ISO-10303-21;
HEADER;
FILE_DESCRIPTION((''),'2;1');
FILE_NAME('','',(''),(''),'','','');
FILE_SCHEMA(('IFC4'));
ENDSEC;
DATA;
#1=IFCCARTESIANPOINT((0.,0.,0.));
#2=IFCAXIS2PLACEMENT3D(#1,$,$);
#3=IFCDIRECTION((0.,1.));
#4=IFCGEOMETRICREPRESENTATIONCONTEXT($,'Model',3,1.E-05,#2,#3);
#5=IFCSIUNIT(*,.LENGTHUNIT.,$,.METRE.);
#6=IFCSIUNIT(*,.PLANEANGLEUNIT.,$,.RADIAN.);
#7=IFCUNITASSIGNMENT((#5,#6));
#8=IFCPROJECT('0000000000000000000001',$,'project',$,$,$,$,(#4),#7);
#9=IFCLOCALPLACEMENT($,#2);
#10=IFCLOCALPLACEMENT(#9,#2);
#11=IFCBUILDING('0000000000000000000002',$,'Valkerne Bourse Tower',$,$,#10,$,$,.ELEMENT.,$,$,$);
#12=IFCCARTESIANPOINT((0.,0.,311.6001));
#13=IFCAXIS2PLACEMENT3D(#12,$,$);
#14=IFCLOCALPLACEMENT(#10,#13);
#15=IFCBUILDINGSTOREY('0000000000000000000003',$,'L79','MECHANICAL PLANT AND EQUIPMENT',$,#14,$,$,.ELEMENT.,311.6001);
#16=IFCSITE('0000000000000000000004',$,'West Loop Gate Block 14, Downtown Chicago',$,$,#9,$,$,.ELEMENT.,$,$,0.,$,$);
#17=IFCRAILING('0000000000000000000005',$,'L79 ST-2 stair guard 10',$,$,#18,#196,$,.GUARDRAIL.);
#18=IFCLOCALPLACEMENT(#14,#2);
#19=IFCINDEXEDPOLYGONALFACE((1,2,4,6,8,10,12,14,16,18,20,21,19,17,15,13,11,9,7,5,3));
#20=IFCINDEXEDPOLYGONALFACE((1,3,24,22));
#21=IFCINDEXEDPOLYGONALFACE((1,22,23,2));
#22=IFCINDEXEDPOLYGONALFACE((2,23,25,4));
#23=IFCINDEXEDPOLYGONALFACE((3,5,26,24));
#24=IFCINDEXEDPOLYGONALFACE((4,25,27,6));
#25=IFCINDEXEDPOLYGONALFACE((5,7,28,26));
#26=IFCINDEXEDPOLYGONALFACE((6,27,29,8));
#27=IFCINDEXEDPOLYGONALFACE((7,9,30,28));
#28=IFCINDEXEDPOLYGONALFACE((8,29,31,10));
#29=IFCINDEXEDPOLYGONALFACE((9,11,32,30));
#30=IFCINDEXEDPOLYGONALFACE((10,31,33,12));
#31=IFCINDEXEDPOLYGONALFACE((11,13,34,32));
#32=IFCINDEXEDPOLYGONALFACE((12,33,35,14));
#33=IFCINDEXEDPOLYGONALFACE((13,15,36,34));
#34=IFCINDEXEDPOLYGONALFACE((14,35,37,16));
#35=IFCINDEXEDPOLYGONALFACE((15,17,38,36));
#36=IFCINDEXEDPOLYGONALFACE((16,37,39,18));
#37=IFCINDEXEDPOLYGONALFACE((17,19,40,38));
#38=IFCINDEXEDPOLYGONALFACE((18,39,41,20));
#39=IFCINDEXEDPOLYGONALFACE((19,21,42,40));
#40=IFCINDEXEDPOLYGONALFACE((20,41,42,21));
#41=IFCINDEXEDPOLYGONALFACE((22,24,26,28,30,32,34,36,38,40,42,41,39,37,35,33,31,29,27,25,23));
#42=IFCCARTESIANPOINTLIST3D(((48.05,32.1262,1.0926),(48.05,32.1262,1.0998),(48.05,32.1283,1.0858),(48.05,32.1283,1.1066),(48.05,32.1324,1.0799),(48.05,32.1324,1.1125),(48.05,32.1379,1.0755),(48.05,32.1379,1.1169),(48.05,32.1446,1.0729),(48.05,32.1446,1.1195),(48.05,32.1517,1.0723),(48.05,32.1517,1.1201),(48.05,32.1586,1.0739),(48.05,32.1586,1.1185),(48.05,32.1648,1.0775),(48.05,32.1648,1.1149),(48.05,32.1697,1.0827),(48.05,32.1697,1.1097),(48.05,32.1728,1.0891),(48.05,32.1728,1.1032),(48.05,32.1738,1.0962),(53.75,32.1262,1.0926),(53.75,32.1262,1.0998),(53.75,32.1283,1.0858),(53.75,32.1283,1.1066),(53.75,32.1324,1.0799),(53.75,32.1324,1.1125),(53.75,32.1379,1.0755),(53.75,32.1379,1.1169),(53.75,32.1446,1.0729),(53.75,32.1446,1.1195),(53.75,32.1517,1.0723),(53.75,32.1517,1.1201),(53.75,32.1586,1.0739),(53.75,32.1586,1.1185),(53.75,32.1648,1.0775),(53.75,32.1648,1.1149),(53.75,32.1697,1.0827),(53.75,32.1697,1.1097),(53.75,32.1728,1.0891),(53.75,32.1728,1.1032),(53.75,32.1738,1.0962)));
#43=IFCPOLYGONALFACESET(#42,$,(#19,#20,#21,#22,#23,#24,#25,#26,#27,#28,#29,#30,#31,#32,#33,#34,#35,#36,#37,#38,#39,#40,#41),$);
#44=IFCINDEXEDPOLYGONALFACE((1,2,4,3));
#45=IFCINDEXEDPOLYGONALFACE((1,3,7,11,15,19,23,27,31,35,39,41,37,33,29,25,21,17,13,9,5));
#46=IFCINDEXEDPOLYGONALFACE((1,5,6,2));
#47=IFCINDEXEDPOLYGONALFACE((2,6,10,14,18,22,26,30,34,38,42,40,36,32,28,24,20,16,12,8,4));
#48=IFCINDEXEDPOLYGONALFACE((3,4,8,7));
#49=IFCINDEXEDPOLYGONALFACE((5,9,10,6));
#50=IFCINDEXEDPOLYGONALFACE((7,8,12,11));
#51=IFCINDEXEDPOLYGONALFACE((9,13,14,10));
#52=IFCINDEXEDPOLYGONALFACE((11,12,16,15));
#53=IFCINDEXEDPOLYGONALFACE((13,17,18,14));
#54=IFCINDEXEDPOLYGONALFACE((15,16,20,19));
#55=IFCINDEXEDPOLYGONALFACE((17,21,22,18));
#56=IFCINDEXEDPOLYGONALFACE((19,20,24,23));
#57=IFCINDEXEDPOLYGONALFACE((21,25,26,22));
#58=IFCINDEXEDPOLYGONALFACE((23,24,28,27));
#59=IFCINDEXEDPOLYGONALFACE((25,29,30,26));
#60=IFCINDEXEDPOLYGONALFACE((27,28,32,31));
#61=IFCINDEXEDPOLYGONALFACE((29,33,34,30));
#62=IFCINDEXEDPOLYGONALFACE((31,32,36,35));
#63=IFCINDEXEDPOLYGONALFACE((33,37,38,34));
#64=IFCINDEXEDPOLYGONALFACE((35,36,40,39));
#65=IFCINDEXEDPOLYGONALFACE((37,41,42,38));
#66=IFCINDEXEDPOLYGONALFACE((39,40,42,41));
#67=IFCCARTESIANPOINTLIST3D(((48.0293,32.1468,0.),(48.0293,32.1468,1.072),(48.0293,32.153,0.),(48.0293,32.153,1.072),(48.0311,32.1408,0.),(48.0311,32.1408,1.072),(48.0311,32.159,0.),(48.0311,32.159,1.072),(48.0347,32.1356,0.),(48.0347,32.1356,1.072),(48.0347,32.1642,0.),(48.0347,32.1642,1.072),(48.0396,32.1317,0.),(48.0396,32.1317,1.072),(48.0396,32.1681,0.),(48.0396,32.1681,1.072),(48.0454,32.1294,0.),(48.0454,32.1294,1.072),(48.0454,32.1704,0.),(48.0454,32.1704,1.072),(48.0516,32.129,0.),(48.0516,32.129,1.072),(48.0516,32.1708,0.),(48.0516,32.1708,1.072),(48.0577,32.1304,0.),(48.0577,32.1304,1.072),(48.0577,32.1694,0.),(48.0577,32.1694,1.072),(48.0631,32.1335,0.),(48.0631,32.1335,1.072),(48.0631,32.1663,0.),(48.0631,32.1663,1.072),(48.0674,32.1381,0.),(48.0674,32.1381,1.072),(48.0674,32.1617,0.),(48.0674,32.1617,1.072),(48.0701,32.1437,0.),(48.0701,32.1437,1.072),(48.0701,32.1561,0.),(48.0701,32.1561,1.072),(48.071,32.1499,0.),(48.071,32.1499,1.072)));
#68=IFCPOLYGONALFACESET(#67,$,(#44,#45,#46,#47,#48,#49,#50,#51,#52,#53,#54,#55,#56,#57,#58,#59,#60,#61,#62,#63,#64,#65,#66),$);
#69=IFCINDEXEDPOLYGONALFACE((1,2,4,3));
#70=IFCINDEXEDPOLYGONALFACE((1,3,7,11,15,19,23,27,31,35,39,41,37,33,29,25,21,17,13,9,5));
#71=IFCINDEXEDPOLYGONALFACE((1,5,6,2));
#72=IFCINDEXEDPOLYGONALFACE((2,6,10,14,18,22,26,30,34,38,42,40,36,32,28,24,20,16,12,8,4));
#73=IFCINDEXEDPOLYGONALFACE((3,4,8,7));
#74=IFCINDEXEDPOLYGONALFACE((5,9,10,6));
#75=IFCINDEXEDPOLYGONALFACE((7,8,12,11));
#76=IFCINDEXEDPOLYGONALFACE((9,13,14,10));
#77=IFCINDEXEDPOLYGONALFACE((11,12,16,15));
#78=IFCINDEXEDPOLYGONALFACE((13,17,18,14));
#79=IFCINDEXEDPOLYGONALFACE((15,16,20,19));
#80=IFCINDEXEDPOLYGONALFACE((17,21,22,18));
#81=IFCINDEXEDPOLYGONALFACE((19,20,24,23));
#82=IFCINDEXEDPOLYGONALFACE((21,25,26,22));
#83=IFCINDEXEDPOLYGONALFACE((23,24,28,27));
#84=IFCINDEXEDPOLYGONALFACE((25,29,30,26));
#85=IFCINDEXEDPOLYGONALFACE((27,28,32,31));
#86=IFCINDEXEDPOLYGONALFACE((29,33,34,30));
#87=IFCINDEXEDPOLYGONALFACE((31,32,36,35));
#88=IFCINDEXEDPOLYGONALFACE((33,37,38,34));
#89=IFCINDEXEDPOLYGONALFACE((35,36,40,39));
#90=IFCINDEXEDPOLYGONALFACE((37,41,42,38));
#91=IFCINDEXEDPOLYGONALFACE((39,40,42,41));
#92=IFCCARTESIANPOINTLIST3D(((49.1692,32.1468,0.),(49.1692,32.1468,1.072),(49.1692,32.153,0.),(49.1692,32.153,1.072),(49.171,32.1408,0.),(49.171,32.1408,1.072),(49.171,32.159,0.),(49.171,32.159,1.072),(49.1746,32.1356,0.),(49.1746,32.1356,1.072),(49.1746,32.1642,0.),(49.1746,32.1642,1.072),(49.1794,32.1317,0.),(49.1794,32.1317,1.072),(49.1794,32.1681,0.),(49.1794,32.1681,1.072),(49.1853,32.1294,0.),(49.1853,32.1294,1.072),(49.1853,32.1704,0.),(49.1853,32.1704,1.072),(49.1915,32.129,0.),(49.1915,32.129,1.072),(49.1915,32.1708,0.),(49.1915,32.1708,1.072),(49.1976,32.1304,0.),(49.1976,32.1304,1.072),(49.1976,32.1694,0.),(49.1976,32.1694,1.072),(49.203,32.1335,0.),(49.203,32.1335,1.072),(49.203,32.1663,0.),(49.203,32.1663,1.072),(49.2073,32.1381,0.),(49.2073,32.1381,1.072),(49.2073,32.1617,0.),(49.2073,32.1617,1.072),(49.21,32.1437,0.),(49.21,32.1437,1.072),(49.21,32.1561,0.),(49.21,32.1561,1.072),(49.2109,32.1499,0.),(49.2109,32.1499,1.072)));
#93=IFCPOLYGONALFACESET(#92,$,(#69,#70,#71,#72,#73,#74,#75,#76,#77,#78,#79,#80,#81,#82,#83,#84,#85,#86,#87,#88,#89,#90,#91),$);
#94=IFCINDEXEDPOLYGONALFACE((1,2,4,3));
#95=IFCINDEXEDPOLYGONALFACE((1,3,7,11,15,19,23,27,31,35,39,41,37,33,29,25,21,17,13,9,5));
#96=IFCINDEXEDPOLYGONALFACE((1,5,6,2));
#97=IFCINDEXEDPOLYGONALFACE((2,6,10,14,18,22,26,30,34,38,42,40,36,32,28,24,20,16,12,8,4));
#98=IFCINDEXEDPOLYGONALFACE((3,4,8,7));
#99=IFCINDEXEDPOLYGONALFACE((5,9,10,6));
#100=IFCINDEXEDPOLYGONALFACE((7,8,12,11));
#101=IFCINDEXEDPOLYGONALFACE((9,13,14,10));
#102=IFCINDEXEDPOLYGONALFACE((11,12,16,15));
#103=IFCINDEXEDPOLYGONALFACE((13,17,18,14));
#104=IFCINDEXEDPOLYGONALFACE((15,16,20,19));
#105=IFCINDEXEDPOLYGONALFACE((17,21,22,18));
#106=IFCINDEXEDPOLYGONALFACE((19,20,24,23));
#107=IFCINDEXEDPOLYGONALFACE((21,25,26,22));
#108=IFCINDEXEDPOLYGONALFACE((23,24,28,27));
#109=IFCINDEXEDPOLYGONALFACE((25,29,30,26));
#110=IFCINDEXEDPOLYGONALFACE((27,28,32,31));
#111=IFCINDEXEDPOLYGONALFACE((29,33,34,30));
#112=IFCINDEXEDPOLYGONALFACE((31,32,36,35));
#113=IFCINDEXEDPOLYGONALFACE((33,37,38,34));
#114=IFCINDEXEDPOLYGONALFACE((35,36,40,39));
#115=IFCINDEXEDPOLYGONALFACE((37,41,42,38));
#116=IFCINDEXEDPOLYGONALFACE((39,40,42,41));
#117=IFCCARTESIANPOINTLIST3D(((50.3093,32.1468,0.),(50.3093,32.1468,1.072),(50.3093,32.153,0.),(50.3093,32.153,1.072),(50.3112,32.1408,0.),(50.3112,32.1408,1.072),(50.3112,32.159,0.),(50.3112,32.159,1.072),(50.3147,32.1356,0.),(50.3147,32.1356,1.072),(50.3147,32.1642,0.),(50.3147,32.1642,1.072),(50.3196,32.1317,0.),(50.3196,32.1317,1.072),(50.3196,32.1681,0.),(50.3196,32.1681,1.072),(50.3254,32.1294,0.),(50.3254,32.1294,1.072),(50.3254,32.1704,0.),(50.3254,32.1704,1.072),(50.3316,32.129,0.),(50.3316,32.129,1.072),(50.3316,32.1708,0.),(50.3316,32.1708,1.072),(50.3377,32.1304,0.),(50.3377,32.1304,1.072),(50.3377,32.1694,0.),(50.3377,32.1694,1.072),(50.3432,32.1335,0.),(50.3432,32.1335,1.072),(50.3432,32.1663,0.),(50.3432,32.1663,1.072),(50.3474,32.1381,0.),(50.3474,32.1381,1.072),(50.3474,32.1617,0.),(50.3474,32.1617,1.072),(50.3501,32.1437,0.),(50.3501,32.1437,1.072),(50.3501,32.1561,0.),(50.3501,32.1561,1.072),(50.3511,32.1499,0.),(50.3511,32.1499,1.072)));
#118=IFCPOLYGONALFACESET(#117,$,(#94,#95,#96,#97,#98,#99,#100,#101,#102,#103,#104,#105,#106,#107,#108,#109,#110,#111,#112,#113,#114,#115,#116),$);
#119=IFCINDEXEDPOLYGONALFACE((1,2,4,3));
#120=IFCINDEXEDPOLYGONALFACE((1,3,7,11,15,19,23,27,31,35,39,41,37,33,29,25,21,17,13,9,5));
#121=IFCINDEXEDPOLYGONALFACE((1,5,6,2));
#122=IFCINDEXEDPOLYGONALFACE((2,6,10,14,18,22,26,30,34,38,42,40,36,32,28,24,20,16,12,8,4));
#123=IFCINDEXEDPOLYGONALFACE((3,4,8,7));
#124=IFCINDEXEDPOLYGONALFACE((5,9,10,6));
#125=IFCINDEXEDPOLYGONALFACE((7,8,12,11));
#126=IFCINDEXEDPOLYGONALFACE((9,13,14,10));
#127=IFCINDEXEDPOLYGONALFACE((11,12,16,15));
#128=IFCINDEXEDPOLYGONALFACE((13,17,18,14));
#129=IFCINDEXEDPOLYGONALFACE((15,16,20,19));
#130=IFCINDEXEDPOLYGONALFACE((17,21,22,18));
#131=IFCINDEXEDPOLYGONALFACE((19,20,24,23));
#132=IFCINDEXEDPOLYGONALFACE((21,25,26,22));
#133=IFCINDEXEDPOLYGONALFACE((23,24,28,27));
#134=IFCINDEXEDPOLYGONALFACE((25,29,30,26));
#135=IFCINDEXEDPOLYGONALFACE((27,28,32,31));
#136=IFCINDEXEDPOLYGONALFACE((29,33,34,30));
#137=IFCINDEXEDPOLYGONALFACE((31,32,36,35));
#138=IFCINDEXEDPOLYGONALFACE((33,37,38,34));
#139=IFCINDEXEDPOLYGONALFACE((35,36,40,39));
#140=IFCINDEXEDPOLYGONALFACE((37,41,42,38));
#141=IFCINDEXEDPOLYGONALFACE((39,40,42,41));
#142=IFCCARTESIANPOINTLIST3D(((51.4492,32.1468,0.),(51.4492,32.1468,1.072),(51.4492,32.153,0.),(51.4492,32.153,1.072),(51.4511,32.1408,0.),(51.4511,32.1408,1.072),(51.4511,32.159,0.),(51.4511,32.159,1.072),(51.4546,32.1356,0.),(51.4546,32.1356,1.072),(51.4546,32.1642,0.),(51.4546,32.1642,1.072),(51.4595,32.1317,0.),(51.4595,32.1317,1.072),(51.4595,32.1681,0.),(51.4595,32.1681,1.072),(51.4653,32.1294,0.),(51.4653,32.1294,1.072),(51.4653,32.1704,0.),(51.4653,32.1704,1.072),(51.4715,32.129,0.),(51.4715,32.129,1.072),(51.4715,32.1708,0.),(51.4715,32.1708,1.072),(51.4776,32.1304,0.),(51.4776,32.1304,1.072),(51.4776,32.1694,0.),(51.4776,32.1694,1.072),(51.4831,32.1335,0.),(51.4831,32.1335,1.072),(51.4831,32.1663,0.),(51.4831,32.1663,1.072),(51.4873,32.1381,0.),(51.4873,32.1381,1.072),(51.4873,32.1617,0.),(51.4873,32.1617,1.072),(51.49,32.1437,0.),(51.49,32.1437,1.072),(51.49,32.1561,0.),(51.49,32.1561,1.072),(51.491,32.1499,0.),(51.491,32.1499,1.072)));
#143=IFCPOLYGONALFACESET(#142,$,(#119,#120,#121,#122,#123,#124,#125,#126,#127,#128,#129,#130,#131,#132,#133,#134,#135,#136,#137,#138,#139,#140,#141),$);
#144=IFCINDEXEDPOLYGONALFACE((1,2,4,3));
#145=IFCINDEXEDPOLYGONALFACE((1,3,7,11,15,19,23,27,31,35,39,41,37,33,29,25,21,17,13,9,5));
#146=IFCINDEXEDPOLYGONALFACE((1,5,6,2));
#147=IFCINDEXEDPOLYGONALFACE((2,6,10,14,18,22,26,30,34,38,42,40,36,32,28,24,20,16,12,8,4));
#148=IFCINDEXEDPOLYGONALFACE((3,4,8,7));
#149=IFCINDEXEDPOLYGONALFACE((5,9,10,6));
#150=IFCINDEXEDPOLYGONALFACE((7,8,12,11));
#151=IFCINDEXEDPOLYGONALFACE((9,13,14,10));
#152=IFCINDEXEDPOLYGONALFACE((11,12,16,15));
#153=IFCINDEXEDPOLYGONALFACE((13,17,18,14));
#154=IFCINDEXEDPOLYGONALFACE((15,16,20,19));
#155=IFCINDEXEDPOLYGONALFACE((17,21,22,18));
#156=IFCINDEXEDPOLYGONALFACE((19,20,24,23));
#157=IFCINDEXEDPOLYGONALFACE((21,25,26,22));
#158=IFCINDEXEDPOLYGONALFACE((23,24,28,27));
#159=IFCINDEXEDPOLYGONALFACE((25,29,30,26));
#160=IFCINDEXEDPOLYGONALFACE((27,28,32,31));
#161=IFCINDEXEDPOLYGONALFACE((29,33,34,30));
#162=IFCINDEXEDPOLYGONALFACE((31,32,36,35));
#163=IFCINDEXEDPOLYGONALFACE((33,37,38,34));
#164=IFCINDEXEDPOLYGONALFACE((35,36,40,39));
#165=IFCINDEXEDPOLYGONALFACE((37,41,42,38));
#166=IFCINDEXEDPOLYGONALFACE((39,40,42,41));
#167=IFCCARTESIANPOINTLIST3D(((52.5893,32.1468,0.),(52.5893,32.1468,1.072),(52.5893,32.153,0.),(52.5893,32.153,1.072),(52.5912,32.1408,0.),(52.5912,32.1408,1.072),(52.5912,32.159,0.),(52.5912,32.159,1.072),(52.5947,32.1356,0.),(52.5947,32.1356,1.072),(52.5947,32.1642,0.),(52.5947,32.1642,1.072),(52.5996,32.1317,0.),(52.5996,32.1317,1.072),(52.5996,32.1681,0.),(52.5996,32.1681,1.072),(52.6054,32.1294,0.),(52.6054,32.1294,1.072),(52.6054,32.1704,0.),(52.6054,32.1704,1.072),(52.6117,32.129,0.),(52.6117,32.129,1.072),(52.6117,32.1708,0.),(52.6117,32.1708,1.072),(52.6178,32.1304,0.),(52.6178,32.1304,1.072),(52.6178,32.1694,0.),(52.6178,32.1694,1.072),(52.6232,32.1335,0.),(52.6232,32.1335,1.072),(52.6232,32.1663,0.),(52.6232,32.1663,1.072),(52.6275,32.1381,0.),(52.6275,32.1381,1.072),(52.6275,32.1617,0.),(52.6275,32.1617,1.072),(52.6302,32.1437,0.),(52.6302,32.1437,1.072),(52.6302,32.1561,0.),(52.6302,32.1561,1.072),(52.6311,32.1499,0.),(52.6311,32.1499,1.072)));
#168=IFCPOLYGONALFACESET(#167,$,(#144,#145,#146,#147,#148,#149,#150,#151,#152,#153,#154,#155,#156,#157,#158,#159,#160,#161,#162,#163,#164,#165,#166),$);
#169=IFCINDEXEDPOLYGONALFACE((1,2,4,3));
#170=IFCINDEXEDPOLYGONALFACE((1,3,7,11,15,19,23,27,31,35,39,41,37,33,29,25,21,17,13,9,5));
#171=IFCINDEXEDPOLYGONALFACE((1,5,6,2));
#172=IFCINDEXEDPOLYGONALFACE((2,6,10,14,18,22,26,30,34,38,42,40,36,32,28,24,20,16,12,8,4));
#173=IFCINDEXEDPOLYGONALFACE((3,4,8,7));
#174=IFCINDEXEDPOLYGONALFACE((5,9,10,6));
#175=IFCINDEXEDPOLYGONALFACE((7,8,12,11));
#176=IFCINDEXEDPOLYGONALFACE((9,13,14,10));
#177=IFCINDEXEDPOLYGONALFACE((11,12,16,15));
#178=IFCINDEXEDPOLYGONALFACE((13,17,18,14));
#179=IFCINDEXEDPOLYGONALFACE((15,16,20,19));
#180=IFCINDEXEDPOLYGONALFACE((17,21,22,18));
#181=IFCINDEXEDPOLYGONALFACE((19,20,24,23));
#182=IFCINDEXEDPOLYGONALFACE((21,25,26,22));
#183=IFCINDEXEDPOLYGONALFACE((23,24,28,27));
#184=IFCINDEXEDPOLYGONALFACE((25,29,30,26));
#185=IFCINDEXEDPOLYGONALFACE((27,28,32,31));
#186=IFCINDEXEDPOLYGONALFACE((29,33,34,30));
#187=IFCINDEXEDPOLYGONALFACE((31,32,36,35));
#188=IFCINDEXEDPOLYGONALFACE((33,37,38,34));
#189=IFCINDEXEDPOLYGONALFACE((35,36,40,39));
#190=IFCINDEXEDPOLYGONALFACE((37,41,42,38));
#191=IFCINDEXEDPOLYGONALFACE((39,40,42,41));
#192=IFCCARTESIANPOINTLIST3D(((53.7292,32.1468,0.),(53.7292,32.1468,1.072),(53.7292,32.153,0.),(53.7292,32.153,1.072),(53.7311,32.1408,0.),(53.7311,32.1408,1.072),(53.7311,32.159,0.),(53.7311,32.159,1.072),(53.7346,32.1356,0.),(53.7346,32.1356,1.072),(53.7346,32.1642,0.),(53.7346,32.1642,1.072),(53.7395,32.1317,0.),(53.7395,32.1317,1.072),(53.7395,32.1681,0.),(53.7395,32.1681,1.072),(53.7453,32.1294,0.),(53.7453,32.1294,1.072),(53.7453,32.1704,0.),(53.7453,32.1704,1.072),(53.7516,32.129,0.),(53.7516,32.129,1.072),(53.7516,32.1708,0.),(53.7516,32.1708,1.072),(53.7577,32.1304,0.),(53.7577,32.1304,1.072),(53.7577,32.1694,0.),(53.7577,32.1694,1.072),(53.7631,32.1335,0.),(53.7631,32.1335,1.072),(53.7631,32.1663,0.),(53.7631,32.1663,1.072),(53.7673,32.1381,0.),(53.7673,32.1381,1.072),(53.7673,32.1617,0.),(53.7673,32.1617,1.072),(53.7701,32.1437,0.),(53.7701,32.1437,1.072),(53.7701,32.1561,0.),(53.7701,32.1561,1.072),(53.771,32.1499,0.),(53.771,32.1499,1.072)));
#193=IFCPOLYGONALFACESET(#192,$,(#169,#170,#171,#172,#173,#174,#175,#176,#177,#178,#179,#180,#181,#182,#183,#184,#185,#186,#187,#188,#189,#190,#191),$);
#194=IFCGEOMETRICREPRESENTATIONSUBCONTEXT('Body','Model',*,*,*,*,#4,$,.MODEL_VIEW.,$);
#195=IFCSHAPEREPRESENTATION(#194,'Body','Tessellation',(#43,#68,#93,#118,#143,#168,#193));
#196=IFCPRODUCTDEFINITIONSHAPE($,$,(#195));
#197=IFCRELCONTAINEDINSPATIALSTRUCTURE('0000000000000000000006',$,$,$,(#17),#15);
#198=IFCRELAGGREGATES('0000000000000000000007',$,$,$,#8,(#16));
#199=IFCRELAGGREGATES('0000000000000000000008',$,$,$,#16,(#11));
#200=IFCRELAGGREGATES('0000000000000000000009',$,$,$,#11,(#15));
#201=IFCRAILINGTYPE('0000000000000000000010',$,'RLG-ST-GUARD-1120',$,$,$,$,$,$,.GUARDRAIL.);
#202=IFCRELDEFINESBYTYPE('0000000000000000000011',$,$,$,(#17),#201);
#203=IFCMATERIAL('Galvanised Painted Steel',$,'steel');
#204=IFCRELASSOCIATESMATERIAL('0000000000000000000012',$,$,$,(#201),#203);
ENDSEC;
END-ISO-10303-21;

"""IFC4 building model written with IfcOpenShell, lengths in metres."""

from ifc_helpers import new_model, si_unit, direction, frame, origin, origin_2d, place, context, subcontext, project, spatial, circle, extrude, material, type_object, element, save


model = new_model("IFC4")

# Units and contexts
model_context = context("Model", 3, precision=1e-05, world=origin(), true_north=direction((0.0, 1.0)))
body_context = subcontext(model_context, "Body", "Model", "MODEL_VIEW")
ifc_project = project(units=[si_unit("LENGTHUNIT", "METRE"), si_unit("PLANEANGLEUNIT", "RADIAN")], contexts=[model_context])

# Site, building, storey
site_placement = place(None, origin())
site = spatial("IfcSite", under=ifc_project, at=site_placement, Name="West Loop Gate Block 14, Downtown Chicago", CompositionType="ELEMENT", RefElevation=0.0)
building_placement = place(site_placement, origin())
building = spatial("IfcBuilding", under=site, at=building_placement, Name="Valkerne Bourse Tower", CompositionType="ELEMENT")
storey_placement = place(building_placement, frame((0.0, 0.0, 311.6001)))
storey = spatial("IfcBuildingStorey", under=building, at=storey_placement, Name="L79", Description="MECHANICAL PLANT AND EQUIPMENT", CompositionType="ELEMENT", Elevation=311.6001)

# Shared definitions
ifc_material_1 = material(Name="Galvanised Painted Steel", Category="steel")

# Railing
railing_type_1 = type_object("IfcRailingType", Name="RLG-ST-GUARD-1120", PredefinedType="GUARDRAIL", material=ifc_material_1)
railing_1_placement = place(storey_placement, frame((48.05, 32.1499, 0.0)))
element("IfcRailing", 1, at=railing_1_placement, inside=storey, type_object=railing_type_1, Name="L79 ST-2 stair guard 10", PredefinedType="GUARDRAIL", context=body_context, shape_type="SweptSolid", body=[
    extrude(circle(Radius=0.0239, at=origin_2d()), frame((0.0, 0.0, 1.0962), z_axis=(1.0, 0.0, 0.0), x_axis=(0.0, 1.0, 0.0)), (0.0, 0.0, 1.0), 5.7),
    extrude(circle(Radius=0.021, at=origin_2d()), origin(), (0.0, 0.0, 1.0), 1.072),
    extrude(circle(Radius=0.021, at=origin_2d()), frame((1.1399, 0.0, 0.0)), (0.0, 0.0, 1.0), 1.072),
    extrude(circle(Radius=0.021, at=origin_2d()), frame((2.28, 0.0, 0.0)), (0.0, 0.0, 1.0), 1.072),
    extrude(circle(Radius=0.021, at=origin_2d()), frame((3.4199, 0.0, 0.0)), (0.0, 0.0, 1.0), 1.072),
    extrude(circle(Radius=0.021, at=origin_2d()), frame((4.5601, 0.0, 0.0)), (0.0, 0.0, 1.0), 1.072),
    extrude(circle(Radius=0.021, at=origin_2d()), frame((5.7, 0.0, 0.0)), (0.0, 0.0, 1.0), 1.072),
])

save(model, "model.ifc")
